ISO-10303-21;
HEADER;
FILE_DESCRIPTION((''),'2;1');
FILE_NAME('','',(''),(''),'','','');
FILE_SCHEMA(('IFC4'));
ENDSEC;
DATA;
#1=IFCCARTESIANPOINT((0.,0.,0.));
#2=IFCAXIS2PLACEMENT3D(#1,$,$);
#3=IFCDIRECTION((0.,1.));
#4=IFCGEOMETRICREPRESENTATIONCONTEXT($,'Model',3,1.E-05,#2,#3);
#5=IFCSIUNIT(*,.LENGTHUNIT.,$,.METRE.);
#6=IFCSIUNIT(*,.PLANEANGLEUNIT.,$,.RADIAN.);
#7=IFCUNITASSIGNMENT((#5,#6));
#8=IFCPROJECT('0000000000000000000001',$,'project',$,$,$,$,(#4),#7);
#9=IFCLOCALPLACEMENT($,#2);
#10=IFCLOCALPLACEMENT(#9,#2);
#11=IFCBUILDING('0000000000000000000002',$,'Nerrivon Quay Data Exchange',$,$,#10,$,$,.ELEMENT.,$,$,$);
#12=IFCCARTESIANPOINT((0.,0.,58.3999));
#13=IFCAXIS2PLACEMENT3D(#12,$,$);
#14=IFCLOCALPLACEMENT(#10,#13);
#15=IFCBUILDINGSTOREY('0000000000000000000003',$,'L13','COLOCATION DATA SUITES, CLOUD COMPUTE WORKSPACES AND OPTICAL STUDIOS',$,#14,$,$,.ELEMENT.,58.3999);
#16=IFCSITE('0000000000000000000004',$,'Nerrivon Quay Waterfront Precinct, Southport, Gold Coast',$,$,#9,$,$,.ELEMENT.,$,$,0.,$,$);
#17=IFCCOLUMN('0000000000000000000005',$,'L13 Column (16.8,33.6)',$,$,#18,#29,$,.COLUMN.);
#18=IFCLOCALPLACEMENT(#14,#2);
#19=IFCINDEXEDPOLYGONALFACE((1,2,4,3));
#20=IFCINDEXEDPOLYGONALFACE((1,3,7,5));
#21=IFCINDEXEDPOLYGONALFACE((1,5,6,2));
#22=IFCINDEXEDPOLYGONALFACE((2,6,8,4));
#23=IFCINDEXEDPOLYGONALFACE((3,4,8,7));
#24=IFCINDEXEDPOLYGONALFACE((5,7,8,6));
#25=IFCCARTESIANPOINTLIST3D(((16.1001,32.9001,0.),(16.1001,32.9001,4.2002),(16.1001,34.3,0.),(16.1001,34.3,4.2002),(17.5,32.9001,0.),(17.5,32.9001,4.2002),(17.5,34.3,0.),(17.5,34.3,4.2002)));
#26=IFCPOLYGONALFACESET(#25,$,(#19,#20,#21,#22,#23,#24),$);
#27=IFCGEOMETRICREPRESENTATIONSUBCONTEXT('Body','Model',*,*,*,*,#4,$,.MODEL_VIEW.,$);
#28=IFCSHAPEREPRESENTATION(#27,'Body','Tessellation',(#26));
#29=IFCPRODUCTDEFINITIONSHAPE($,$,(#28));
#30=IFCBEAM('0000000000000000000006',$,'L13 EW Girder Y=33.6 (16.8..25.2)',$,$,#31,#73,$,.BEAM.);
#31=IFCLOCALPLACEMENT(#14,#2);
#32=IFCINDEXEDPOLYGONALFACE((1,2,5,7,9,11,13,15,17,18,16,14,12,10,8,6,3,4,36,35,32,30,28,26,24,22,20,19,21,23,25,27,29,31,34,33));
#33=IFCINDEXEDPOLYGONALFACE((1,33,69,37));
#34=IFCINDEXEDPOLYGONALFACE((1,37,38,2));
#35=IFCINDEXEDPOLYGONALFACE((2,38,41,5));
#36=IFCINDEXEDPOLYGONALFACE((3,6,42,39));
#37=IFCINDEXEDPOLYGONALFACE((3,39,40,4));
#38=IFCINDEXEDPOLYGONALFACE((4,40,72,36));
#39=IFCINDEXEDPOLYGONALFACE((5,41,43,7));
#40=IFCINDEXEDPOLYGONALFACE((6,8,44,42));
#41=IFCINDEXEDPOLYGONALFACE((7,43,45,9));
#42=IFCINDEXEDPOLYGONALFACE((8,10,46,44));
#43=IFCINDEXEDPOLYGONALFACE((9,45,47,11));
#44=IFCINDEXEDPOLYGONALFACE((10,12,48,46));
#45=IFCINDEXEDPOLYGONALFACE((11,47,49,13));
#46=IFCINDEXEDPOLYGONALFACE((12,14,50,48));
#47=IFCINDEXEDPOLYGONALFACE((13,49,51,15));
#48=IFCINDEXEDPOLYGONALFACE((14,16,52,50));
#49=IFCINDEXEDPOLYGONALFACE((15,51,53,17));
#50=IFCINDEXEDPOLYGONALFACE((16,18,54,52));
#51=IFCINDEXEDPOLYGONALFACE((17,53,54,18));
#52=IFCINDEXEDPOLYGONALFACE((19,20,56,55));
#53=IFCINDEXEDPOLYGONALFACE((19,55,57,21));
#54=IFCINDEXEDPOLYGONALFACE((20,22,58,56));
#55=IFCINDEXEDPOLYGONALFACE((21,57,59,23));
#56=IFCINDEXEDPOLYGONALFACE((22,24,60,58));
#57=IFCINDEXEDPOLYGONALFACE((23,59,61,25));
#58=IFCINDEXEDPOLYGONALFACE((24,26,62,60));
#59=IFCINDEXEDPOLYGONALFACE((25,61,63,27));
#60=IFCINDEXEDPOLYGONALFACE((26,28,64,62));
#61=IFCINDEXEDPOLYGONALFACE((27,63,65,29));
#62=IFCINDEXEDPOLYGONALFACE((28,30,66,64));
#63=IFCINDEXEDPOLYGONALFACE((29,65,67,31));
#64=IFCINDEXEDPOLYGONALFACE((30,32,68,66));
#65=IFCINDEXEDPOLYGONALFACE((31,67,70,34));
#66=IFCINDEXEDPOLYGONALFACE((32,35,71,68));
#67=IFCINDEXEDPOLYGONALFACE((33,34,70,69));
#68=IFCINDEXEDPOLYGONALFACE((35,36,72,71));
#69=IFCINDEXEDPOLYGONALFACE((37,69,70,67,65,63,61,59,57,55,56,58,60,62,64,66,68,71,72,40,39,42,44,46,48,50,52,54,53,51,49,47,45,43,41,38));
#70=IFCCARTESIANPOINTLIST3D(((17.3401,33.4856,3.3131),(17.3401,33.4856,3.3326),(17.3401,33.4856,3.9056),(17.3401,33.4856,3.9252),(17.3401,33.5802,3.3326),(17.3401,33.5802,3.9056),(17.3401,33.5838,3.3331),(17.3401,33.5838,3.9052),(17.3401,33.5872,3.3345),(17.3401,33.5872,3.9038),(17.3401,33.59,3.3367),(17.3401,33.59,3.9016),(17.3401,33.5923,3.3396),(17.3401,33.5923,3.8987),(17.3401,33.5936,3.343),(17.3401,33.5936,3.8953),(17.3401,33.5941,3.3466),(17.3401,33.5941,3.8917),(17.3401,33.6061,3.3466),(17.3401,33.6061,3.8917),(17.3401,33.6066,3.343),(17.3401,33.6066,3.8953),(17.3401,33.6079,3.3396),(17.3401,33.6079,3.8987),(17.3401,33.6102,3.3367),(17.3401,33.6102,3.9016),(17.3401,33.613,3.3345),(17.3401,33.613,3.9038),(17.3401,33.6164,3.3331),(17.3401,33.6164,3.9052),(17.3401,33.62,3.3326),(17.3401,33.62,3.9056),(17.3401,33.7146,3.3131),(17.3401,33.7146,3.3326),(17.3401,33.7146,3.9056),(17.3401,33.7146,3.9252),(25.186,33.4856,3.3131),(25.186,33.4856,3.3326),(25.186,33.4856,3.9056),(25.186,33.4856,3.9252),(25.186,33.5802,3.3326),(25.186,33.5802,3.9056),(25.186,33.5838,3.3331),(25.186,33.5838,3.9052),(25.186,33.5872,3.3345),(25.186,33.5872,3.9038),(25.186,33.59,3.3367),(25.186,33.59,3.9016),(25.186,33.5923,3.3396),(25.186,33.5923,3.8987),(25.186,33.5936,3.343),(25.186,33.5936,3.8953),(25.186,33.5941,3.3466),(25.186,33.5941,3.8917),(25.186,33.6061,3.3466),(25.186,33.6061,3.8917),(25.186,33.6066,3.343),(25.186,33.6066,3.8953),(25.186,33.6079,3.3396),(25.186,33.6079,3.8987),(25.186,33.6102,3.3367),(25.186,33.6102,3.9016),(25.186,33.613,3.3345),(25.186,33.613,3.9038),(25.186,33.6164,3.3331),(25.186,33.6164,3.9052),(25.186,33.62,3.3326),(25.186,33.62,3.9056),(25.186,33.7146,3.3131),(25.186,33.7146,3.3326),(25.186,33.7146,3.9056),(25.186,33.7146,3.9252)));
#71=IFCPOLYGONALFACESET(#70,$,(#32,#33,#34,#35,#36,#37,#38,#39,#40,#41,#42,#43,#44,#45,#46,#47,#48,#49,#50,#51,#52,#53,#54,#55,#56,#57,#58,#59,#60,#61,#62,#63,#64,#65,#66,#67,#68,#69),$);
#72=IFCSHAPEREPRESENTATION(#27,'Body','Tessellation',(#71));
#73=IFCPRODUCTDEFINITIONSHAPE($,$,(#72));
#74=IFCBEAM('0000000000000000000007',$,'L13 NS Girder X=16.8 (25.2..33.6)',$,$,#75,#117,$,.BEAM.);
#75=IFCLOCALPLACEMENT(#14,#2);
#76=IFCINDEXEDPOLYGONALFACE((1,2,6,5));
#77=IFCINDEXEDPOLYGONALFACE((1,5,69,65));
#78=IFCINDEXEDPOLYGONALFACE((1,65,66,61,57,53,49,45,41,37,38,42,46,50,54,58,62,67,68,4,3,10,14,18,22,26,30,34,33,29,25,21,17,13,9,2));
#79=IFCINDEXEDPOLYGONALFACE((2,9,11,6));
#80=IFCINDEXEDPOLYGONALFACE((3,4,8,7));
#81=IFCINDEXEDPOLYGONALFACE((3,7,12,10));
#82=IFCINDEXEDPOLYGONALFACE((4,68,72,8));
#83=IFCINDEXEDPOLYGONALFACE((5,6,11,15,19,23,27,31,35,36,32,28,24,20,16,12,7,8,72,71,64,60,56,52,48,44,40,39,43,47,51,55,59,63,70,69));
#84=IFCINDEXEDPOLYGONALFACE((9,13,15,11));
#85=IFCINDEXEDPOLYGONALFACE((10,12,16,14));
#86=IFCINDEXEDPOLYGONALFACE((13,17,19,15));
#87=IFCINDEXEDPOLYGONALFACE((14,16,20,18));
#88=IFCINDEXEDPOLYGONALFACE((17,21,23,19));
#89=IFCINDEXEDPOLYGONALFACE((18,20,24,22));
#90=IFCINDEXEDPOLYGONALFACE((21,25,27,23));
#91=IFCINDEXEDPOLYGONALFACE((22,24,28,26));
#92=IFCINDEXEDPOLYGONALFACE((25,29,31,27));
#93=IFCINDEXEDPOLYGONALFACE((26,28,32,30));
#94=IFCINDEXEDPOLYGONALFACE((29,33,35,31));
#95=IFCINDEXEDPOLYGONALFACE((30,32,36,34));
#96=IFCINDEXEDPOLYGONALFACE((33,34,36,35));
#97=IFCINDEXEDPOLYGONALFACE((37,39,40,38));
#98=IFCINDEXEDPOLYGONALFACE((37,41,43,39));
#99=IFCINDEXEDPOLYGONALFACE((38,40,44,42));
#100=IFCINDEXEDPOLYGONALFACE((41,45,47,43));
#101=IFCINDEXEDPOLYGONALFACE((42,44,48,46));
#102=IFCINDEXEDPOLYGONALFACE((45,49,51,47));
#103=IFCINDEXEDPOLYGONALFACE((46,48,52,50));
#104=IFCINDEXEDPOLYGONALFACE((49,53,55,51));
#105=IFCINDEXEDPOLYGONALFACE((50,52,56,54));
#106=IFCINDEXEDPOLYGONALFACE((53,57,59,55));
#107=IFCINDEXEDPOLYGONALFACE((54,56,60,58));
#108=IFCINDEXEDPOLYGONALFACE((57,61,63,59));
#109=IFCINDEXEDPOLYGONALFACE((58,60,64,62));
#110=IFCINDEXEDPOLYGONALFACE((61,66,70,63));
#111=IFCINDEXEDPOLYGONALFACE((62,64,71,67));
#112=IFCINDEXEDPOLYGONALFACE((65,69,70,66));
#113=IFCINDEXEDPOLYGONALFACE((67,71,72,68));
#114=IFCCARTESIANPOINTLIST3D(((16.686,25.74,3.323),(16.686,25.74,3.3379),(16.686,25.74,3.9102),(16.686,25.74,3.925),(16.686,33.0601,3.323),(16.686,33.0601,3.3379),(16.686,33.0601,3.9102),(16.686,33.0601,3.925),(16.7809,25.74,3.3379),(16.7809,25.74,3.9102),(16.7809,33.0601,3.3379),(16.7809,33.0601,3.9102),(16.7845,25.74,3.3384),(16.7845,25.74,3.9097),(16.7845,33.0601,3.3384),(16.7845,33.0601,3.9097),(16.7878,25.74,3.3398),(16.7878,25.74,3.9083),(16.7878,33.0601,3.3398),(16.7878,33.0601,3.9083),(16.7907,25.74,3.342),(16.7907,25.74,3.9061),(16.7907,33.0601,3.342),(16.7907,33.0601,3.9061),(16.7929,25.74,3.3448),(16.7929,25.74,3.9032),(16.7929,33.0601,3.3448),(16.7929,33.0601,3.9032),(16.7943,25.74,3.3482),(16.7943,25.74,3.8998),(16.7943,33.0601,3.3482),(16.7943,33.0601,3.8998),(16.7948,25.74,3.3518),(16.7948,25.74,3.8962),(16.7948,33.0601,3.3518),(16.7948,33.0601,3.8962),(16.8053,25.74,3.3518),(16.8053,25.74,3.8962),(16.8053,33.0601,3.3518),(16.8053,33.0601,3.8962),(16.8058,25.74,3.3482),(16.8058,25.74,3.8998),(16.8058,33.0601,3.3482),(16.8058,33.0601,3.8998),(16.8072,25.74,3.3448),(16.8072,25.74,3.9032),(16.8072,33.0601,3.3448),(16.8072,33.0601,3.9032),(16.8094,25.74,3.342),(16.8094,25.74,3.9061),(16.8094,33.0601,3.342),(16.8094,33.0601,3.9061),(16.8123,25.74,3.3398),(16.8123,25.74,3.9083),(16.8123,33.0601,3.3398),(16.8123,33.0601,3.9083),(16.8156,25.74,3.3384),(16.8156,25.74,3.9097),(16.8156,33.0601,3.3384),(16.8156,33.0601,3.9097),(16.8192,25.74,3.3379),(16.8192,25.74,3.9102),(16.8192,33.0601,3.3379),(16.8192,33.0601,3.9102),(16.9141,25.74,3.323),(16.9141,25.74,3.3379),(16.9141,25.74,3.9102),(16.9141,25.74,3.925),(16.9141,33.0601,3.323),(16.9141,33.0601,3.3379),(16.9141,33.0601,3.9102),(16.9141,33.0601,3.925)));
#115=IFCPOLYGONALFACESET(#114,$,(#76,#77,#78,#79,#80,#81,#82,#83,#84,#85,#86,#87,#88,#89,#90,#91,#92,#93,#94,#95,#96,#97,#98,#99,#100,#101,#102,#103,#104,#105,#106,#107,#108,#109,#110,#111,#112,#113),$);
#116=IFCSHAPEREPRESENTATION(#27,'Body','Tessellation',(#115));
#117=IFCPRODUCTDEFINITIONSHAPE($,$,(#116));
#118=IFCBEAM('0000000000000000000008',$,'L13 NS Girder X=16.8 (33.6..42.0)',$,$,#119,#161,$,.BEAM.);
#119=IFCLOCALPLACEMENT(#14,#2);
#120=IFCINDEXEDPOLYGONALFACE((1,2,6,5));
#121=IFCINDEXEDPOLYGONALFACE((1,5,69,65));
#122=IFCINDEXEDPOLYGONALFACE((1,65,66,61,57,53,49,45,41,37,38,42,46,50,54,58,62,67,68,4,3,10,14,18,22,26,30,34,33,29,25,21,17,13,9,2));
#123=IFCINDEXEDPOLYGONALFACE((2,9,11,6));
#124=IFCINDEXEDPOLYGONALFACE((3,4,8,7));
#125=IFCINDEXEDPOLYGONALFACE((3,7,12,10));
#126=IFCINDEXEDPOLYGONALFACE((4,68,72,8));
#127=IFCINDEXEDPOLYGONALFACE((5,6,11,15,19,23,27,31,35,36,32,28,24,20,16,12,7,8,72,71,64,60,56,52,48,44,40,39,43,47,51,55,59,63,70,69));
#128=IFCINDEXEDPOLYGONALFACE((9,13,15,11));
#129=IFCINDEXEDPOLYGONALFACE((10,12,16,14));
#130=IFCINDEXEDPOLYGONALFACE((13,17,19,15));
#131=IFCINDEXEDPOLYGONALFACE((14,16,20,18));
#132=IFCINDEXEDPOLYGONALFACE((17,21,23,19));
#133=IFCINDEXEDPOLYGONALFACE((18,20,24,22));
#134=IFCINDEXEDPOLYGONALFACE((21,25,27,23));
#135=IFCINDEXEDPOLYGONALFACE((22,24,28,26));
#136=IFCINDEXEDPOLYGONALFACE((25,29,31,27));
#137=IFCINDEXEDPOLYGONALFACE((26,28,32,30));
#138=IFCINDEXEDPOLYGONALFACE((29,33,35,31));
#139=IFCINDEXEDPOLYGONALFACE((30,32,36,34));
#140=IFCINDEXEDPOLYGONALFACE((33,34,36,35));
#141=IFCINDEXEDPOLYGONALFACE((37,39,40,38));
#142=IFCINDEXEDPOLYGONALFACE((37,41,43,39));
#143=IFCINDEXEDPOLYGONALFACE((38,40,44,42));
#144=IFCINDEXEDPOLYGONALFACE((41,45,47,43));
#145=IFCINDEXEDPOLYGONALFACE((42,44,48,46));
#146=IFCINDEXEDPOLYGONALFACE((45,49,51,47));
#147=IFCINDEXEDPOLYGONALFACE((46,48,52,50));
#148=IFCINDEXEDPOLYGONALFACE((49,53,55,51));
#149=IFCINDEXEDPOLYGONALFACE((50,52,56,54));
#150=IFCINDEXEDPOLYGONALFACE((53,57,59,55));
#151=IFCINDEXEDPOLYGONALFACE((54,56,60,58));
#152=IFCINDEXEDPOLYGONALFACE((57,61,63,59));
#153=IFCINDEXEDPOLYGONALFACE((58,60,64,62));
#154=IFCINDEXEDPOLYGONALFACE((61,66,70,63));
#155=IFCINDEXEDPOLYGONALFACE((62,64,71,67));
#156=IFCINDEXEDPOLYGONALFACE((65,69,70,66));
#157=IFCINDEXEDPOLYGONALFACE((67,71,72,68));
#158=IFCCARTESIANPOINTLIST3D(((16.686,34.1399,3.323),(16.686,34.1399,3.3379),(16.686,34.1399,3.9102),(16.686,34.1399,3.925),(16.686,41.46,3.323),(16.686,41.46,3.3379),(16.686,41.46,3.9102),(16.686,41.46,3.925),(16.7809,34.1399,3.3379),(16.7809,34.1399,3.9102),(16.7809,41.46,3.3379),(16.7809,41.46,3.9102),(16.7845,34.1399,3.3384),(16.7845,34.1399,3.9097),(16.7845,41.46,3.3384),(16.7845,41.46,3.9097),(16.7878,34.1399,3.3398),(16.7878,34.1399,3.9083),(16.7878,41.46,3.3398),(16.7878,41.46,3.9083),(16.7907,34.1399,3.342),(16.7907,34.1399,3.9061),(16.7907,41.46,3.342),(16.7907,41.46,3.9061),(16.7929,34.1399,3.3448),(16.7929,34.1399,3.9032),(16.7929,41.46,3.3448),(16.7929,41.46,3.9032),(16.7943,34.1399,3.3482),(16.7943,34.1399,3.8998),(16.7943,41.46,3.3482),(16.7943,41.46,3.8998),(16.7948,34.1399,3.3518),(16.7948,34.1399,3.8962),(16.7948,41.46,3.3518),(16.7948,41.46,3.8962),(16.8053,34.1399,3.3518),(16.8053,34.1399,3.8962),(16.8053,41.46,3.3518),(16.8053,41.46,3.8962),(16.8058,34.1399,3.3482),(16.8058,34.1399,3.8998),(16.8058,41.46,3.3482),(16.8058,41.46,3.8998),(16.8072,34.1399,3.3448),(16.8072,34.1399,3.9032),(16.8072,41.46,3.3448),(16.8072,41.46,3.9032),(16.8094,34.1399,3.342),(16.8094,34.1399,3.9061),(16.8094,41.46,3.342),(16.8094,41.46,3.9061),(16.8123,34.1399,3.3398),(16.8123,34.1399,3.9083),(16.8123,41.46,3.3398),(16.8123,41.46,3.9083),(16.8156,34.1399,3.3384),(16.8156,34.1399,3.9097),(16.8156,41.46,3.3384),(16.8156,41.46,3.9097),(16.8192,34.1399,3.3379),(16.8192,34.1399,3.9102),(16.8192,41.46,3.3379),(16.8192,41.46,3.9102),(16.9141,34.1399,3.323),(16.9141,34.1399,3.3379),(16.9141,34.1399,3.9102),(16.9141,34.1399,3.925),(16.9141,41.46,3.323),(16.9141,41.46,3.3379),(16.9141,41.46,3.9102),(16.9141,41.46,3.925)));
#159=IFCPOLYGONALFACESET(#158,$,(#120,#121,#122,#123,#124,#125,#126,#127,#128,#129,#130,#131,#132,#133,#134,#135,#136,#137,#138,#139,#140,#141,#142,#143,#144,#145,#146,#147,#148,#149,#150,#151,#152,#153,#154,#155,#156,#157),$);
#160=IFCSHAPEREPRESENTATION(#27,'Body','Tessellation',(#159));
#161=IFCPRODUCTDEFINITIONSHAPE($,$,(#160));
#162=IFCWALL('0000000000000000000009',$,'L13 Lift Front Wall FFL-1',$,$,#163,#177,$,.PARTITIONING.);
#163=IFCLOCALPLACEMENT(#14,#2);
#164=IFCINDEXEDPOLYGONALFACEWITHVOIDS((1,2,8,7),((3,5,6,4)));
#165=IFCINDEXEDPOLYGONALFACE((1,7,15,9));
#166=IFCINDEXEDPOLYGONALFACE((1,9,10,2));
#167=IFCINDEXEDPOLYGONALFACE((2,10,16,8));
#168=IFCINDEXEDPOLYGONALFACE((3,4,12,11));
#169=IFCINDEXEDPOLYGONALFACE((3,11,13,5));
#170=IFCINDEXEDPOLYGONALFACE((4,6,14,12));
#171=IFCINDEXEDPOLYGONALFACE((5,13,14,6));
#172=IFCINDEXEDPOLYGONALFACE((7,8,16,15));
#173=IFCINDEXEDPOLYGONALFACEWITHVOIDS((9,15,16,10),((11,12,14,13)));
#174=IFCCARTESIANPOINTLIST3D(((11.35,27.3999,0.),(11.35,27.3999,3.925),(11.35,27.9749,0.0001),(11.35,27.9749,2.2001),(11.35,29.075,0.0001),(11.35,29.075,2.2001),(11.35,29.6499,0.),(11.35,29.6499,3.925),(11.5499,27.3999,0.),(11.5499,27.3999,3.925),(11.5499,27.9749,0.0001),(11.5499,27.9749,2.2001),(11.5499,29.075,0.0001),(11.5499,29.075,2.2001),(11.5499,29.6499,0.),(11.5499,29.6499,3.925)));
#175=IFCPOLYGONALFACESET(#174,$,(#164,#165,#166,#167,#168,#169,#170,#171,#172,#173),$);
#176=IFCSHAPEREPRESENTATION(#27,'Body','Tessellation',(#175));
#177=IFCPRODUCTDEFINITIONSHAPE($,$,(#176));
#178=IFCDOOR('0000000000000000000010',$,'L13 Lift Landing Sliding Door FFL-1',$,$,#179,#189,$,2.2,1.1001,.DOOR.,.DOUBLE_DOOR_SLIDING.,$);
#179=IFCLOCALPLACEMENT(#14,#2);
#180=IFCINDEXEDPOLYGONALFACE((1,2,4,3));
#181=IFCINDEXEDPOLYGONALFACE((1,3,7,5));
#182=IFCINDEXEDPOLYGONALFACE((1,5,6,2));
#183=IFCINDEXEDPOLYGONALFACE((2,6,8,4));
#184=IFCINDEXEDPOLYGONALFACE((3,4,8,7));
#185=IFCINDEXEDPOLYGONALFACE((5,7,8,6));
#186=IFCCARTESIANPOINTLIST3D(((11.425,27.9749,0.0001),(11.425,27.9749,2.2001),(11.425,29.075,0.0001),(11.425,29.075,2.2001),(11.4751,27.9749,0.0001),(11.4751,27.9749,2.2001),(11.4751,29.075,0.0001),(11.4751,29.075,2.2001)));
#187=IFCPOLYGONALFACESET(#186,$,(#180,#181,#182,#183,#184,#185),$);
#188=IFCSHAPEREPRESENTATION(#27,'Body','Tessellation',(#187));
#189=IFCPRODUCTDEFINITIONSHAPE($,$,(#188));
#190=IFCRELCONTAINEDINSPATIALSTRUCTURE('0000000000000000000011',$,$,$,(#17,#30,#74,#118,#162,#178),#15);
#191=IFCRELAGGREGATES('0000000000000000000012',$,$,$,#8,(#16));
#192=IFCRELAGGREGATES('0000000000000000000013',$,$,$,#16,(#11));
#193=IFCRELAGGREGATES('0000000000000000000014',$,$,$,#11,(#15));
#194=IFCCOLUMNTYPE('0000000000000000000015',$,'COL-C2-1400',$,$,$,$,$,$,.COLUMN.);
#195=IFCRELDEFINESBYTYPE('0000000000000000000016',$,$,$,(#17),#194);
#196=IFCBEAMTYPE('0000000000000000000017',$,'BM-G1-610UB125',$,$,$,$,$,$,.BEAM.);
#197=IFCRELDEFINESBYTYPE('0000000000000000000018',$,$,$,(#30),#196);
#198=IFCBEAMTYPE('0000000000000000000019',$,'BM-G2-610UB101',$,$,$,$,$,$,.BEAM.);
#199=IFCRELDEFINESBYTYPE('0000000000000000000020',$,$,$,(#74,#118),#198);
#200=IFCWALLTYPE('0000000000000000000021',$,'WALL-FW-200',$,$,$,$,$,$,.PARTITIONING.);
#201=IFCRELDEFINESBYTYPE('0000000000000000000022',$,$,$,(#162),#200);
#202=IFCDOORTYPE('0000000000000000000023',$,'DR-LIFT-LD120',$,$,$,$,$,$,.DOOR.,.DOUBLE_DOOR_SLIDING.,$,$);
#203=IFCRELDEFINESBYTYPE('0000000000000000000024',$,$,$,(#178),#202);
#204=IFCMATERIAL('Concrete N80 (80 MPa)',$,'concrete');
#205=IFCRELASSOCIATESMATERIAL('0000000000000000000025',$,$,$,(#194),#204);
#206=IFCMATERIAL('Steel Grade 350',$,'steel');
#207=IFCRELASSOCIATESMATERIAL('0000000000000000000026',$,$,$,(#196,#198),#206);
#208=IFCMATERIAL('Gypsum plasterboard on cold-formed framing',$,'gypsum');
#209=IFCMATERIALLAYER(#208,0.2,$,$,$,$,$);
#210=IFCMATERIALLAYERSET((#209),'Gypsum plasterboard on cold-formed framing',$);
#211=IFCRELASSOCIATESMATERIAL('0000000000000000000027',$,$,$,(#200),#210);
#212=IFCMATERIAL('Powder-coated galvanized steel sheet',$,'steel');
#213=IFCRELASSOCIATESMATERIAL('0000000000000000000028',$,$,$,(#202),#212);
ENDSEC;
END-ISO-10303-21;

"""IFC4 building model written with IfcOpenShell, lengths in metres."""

from ifc_helpers import new_model, si_unit, direction, frame, frame_2d, origin, origin_2d, place, context, subcontext, project, spatial, rectangle, i_section, extrude, material, layer, layer_set, material_profile, profile_set, type_object, element, fill, save


model = new_model("IFC4")

# Units and contexts
model_context = context("Model", 3, precision=1e-05, world=origin(), true_north=direction((0.0, 1.0)))
body_context = subcontext(model_context, "Body", "Model", "MODEL_VIEW")
ifc_project = project(units=[si_unit("LENGTHUNIT", "METRE"), si_unit("PLANEANGLEUNIT", "RADIAN")], contexts=[model_context])

# Site, building, storey
site_placement = place(None, origin())
site = spatial("IfcSite", under=ifc_project, at=site_placement, Name="Nerrivon Quay Waterfront Precinct, Southport, Gold Coast", CompositionType="ELEMENT", RefElevation=0.0)
building_placement = place(site_placement, origin())
building = spatial("IfcBuilding", under=site, at=building_placement, Name="Nerrivon Quay Data Exchange", CompositionType="ELEMENT")
storey_placement = place(building_placement, frame((0.0, 0.0, 58.3999)))
storey = spatial("IfcBuildingStorey", under=building, at=storey_placement, Name="L13", Description="COLOCATION DATA SUITES, CLOUD COMPUTE WORKSPACES AND OPTICAL STUDIOS", CompositionType="ELEMENT", Elevation=58.3999)

# Column
ifc_material_1 = material(Name="Concrete N80 (80 MPa)", Category="concrete")
ifc_material_profile_1 = material_profile(ifc_material_1, rectangle(XDim=1.3999, YDim=1.3999, at=origin_2d()), Name="RC-COL-1400x1400")
ifc_profile_set_1 = profile_set([ifc_material_profile_1], Name="Concrete N80 (80 MPa)")
column_type = type_object("IfcColumnType", Name="COL-C2-1400", PredefinedType="COLUMN", material=ifc_profile_set_1)
column_placement = place(storey_placement, frame((16.8, 33.6001, 0.0), z_axis=(0.0, 0.0, 1.0), x_axis=(1.0, 0.0, 0.0)))
element("IfcColumn", 1, at=column_placement, inside=storey, type_object=column_type, Name="L13 Column (16.8,33.6)", PredefinedType="COLUMN", context=body_context, shape_type="SweptSolid", body=[
    extrude(rectangle(XDim=1.3999, YDim=1.3999, at=origin_2d()), origin(), (0.0, 0.0, 1.0), 4.2002),
])

# Beams
ifc_material_2 = material(Name="Steel Grade 350", Category="steel")
ifc_material_profile_2 = material_profile(ifc_material_2, i_section(OverallWidth=0.229, OverallDepth=0.6121, WebThickness=0.012, FlangeThickness=0.0195, FilletRadius=0.0139, at=origin_2d()), Name="610UB125")
ifc_profile_set_2 = profile_set([ifc_material_profile_2], Name="Steel Grade 350")
beam_type_1 = type_object("IfcBeamType", Name="BM-G1-610UB125", PredefinedType="BEAM", material=ifc_profile_set_2)
beam_placement = place(storey_placement, frame((17.3401, 33.6001, 3.6191), z_axis=(1.0, 0.0, 0.0), x_axis=(0.0, 1.0, 0.0)))
element("IfcBeam", 2, at=beam_placement, inside=storey, type_object=beam_type_1, Name="L13 EW Girder Y=33.6 (16.8..25.2)", PredefinedType="BEAM", context=body_context, shape_type="SweptSolid", body=[
    extrude(i_section(OverallWidth=0.229, OverallDepth=0.6121, WebThickness=0.012, FlangeThickness=0.0195, FilletRadius=0.0139, at=origin_2d()), origin(), (0.0, 0.0, 1.0), 7.8459),
])
ifc_material_profile_3 = material_profile(ifc_material_2, i_section(OverallWidth=0.228, OverallDepth=0.6021, WebThickness=0.0105, FlangeThickness=0.0149, FilletRadius=0.0139, at=origin_2d()), Name="610UB101")
ifc_profile_set_3 = profile_set([ifc_material_profile_3], Name="Steel Grade 350")
beam_type_2 = type_object("IfcBeamType", Name="BM-G2-610UB101", PredefinedType="BEAM", material=ifc_profile_set_3)
for number, where, z_axis, x_axis, name in (
    (3, (16.8, 25.74, 3.624), (0.0, 1.0, 0.0), (-1.0, 0.0, 0.0), "L13 NS Girder X=16.8 (25.2..33.6)"),
    (4, (16.8, 34.1399, 3.624), (0.0, 1.0, 0.0), (-1.0, 0.0, 0.0), "L13 NS Girder X=16.8 (33.6..42.0)"),
):
    element("IfcBeam", number, at=place(storey_placement, frame(where, z_axis=z_axis, x_axis=x_axis)), inside=storey, type_object=beam_type_2, Name=name, PredefinedType="BEAM", context=body_context, shape_type="SweptSolid", body=[
        extrude(i_section(OverallWidth=0.228, OverallDepth=0.6021, WebThickness=0.0105, FlangeThickness=0.0149, FilletRadius=0.0139, at=origin_2d()), origin(), (0.0, 0.0, 1.0), 7.3201),
    ])

# Wall, opening, door
ifc_material_3 = material(Name="Powder-coated galvanized steel sheet", Category="steel")
ifc_material_4 = material(Name="Gypsum plasterboard on cold-formed framing", Category="gypsum")
ifc_layer_1 = layer(ifc_material_4, 0.2)
ifc_layer_set_1 = layer_set([ifc_layer_1], Name="Gypsum plasterboard on cold-formed framing")
wall_type_1 = type_object("IfcWallType", Name="WALL-FW-200", PredefinedType="PARTITIONING", material=ifc_layer_set_1)
wall_1_placement = place(storey_placement, frame((11.45, 27.3999, 0.0), z_axis=(0.0, 0.0, 1.0), x_axis=(0.0, 1.0, 0.0)))
wall_1 = element("IfcWall", 5, at=wall_1_placement, inside=storey, type_object=wall_type_1, Name="L13 Lift Front Wall FFL-1", PredefinedType="PARTITIONING", context=body_context, shape_type="SweptSolid", body=[
    extrude(rectangle(XDim=2.25, YDim=0.2, at=frame_2d((1.125, 0.0))), origin(), (0.0, 0.0, 1.0), 3.925),
])
opening_1_placement = place(wall_1_placement, frame((0.575, 0.0, 0.0)))
opening_1 = element("IfcOpeningElement", 6, at=opening_1_placement, cuts=wall_1, PredefinedType="OPENING", context=body_context, shape_type="SweptSolid", body=[
    extrude(rectangle(XDim=1.1001, YDim=2.2, at=frame_2d((0.55, 1.1001))), frame((0.0, 0.1099, 0.0), z_axis=(0.0, -1.0, 0.0), x_axis=(1.0, 0.0, 0.0)), (0.0, 0.0, 1.0), 0.22),
])
door_type_1 = type_object("IfcDoorType", Name="DR-LIFT-LD120", OperationType="DOUBLE_DOOR_SLIDING", PredefinedType="DOOR", material=ifc_material_3)
door_1_placement = place(opening_1_placement, origin())
door_1 = element("IfcDoor", 7, at=door_1_placement, inside=storey, type_object=door_type_1, Name="L13 Lift Landing Sliding Door FFL-1", OperationType="DOUBLE_DOOR_SLIDING", OverallHeight=2.2, OverallWidth=1.1001, PredefinedType="DOOR", context=body_context, shape_type="SweptSolid", body=[
    extrude(rectangle(XDim=1.1001, YDim=2.2, at=frame_2d((0.55, 1.1001))), frame((0.0, 0.0249, 0.0), z_axis=(0.0, -1.0, 0.0), x_axis=(1.0, 0.0, 0.0)), (0.0, 0.0, 1.0), 0.05),
])
fill(opening_1, door_1)

save(model, "model.ifc")
